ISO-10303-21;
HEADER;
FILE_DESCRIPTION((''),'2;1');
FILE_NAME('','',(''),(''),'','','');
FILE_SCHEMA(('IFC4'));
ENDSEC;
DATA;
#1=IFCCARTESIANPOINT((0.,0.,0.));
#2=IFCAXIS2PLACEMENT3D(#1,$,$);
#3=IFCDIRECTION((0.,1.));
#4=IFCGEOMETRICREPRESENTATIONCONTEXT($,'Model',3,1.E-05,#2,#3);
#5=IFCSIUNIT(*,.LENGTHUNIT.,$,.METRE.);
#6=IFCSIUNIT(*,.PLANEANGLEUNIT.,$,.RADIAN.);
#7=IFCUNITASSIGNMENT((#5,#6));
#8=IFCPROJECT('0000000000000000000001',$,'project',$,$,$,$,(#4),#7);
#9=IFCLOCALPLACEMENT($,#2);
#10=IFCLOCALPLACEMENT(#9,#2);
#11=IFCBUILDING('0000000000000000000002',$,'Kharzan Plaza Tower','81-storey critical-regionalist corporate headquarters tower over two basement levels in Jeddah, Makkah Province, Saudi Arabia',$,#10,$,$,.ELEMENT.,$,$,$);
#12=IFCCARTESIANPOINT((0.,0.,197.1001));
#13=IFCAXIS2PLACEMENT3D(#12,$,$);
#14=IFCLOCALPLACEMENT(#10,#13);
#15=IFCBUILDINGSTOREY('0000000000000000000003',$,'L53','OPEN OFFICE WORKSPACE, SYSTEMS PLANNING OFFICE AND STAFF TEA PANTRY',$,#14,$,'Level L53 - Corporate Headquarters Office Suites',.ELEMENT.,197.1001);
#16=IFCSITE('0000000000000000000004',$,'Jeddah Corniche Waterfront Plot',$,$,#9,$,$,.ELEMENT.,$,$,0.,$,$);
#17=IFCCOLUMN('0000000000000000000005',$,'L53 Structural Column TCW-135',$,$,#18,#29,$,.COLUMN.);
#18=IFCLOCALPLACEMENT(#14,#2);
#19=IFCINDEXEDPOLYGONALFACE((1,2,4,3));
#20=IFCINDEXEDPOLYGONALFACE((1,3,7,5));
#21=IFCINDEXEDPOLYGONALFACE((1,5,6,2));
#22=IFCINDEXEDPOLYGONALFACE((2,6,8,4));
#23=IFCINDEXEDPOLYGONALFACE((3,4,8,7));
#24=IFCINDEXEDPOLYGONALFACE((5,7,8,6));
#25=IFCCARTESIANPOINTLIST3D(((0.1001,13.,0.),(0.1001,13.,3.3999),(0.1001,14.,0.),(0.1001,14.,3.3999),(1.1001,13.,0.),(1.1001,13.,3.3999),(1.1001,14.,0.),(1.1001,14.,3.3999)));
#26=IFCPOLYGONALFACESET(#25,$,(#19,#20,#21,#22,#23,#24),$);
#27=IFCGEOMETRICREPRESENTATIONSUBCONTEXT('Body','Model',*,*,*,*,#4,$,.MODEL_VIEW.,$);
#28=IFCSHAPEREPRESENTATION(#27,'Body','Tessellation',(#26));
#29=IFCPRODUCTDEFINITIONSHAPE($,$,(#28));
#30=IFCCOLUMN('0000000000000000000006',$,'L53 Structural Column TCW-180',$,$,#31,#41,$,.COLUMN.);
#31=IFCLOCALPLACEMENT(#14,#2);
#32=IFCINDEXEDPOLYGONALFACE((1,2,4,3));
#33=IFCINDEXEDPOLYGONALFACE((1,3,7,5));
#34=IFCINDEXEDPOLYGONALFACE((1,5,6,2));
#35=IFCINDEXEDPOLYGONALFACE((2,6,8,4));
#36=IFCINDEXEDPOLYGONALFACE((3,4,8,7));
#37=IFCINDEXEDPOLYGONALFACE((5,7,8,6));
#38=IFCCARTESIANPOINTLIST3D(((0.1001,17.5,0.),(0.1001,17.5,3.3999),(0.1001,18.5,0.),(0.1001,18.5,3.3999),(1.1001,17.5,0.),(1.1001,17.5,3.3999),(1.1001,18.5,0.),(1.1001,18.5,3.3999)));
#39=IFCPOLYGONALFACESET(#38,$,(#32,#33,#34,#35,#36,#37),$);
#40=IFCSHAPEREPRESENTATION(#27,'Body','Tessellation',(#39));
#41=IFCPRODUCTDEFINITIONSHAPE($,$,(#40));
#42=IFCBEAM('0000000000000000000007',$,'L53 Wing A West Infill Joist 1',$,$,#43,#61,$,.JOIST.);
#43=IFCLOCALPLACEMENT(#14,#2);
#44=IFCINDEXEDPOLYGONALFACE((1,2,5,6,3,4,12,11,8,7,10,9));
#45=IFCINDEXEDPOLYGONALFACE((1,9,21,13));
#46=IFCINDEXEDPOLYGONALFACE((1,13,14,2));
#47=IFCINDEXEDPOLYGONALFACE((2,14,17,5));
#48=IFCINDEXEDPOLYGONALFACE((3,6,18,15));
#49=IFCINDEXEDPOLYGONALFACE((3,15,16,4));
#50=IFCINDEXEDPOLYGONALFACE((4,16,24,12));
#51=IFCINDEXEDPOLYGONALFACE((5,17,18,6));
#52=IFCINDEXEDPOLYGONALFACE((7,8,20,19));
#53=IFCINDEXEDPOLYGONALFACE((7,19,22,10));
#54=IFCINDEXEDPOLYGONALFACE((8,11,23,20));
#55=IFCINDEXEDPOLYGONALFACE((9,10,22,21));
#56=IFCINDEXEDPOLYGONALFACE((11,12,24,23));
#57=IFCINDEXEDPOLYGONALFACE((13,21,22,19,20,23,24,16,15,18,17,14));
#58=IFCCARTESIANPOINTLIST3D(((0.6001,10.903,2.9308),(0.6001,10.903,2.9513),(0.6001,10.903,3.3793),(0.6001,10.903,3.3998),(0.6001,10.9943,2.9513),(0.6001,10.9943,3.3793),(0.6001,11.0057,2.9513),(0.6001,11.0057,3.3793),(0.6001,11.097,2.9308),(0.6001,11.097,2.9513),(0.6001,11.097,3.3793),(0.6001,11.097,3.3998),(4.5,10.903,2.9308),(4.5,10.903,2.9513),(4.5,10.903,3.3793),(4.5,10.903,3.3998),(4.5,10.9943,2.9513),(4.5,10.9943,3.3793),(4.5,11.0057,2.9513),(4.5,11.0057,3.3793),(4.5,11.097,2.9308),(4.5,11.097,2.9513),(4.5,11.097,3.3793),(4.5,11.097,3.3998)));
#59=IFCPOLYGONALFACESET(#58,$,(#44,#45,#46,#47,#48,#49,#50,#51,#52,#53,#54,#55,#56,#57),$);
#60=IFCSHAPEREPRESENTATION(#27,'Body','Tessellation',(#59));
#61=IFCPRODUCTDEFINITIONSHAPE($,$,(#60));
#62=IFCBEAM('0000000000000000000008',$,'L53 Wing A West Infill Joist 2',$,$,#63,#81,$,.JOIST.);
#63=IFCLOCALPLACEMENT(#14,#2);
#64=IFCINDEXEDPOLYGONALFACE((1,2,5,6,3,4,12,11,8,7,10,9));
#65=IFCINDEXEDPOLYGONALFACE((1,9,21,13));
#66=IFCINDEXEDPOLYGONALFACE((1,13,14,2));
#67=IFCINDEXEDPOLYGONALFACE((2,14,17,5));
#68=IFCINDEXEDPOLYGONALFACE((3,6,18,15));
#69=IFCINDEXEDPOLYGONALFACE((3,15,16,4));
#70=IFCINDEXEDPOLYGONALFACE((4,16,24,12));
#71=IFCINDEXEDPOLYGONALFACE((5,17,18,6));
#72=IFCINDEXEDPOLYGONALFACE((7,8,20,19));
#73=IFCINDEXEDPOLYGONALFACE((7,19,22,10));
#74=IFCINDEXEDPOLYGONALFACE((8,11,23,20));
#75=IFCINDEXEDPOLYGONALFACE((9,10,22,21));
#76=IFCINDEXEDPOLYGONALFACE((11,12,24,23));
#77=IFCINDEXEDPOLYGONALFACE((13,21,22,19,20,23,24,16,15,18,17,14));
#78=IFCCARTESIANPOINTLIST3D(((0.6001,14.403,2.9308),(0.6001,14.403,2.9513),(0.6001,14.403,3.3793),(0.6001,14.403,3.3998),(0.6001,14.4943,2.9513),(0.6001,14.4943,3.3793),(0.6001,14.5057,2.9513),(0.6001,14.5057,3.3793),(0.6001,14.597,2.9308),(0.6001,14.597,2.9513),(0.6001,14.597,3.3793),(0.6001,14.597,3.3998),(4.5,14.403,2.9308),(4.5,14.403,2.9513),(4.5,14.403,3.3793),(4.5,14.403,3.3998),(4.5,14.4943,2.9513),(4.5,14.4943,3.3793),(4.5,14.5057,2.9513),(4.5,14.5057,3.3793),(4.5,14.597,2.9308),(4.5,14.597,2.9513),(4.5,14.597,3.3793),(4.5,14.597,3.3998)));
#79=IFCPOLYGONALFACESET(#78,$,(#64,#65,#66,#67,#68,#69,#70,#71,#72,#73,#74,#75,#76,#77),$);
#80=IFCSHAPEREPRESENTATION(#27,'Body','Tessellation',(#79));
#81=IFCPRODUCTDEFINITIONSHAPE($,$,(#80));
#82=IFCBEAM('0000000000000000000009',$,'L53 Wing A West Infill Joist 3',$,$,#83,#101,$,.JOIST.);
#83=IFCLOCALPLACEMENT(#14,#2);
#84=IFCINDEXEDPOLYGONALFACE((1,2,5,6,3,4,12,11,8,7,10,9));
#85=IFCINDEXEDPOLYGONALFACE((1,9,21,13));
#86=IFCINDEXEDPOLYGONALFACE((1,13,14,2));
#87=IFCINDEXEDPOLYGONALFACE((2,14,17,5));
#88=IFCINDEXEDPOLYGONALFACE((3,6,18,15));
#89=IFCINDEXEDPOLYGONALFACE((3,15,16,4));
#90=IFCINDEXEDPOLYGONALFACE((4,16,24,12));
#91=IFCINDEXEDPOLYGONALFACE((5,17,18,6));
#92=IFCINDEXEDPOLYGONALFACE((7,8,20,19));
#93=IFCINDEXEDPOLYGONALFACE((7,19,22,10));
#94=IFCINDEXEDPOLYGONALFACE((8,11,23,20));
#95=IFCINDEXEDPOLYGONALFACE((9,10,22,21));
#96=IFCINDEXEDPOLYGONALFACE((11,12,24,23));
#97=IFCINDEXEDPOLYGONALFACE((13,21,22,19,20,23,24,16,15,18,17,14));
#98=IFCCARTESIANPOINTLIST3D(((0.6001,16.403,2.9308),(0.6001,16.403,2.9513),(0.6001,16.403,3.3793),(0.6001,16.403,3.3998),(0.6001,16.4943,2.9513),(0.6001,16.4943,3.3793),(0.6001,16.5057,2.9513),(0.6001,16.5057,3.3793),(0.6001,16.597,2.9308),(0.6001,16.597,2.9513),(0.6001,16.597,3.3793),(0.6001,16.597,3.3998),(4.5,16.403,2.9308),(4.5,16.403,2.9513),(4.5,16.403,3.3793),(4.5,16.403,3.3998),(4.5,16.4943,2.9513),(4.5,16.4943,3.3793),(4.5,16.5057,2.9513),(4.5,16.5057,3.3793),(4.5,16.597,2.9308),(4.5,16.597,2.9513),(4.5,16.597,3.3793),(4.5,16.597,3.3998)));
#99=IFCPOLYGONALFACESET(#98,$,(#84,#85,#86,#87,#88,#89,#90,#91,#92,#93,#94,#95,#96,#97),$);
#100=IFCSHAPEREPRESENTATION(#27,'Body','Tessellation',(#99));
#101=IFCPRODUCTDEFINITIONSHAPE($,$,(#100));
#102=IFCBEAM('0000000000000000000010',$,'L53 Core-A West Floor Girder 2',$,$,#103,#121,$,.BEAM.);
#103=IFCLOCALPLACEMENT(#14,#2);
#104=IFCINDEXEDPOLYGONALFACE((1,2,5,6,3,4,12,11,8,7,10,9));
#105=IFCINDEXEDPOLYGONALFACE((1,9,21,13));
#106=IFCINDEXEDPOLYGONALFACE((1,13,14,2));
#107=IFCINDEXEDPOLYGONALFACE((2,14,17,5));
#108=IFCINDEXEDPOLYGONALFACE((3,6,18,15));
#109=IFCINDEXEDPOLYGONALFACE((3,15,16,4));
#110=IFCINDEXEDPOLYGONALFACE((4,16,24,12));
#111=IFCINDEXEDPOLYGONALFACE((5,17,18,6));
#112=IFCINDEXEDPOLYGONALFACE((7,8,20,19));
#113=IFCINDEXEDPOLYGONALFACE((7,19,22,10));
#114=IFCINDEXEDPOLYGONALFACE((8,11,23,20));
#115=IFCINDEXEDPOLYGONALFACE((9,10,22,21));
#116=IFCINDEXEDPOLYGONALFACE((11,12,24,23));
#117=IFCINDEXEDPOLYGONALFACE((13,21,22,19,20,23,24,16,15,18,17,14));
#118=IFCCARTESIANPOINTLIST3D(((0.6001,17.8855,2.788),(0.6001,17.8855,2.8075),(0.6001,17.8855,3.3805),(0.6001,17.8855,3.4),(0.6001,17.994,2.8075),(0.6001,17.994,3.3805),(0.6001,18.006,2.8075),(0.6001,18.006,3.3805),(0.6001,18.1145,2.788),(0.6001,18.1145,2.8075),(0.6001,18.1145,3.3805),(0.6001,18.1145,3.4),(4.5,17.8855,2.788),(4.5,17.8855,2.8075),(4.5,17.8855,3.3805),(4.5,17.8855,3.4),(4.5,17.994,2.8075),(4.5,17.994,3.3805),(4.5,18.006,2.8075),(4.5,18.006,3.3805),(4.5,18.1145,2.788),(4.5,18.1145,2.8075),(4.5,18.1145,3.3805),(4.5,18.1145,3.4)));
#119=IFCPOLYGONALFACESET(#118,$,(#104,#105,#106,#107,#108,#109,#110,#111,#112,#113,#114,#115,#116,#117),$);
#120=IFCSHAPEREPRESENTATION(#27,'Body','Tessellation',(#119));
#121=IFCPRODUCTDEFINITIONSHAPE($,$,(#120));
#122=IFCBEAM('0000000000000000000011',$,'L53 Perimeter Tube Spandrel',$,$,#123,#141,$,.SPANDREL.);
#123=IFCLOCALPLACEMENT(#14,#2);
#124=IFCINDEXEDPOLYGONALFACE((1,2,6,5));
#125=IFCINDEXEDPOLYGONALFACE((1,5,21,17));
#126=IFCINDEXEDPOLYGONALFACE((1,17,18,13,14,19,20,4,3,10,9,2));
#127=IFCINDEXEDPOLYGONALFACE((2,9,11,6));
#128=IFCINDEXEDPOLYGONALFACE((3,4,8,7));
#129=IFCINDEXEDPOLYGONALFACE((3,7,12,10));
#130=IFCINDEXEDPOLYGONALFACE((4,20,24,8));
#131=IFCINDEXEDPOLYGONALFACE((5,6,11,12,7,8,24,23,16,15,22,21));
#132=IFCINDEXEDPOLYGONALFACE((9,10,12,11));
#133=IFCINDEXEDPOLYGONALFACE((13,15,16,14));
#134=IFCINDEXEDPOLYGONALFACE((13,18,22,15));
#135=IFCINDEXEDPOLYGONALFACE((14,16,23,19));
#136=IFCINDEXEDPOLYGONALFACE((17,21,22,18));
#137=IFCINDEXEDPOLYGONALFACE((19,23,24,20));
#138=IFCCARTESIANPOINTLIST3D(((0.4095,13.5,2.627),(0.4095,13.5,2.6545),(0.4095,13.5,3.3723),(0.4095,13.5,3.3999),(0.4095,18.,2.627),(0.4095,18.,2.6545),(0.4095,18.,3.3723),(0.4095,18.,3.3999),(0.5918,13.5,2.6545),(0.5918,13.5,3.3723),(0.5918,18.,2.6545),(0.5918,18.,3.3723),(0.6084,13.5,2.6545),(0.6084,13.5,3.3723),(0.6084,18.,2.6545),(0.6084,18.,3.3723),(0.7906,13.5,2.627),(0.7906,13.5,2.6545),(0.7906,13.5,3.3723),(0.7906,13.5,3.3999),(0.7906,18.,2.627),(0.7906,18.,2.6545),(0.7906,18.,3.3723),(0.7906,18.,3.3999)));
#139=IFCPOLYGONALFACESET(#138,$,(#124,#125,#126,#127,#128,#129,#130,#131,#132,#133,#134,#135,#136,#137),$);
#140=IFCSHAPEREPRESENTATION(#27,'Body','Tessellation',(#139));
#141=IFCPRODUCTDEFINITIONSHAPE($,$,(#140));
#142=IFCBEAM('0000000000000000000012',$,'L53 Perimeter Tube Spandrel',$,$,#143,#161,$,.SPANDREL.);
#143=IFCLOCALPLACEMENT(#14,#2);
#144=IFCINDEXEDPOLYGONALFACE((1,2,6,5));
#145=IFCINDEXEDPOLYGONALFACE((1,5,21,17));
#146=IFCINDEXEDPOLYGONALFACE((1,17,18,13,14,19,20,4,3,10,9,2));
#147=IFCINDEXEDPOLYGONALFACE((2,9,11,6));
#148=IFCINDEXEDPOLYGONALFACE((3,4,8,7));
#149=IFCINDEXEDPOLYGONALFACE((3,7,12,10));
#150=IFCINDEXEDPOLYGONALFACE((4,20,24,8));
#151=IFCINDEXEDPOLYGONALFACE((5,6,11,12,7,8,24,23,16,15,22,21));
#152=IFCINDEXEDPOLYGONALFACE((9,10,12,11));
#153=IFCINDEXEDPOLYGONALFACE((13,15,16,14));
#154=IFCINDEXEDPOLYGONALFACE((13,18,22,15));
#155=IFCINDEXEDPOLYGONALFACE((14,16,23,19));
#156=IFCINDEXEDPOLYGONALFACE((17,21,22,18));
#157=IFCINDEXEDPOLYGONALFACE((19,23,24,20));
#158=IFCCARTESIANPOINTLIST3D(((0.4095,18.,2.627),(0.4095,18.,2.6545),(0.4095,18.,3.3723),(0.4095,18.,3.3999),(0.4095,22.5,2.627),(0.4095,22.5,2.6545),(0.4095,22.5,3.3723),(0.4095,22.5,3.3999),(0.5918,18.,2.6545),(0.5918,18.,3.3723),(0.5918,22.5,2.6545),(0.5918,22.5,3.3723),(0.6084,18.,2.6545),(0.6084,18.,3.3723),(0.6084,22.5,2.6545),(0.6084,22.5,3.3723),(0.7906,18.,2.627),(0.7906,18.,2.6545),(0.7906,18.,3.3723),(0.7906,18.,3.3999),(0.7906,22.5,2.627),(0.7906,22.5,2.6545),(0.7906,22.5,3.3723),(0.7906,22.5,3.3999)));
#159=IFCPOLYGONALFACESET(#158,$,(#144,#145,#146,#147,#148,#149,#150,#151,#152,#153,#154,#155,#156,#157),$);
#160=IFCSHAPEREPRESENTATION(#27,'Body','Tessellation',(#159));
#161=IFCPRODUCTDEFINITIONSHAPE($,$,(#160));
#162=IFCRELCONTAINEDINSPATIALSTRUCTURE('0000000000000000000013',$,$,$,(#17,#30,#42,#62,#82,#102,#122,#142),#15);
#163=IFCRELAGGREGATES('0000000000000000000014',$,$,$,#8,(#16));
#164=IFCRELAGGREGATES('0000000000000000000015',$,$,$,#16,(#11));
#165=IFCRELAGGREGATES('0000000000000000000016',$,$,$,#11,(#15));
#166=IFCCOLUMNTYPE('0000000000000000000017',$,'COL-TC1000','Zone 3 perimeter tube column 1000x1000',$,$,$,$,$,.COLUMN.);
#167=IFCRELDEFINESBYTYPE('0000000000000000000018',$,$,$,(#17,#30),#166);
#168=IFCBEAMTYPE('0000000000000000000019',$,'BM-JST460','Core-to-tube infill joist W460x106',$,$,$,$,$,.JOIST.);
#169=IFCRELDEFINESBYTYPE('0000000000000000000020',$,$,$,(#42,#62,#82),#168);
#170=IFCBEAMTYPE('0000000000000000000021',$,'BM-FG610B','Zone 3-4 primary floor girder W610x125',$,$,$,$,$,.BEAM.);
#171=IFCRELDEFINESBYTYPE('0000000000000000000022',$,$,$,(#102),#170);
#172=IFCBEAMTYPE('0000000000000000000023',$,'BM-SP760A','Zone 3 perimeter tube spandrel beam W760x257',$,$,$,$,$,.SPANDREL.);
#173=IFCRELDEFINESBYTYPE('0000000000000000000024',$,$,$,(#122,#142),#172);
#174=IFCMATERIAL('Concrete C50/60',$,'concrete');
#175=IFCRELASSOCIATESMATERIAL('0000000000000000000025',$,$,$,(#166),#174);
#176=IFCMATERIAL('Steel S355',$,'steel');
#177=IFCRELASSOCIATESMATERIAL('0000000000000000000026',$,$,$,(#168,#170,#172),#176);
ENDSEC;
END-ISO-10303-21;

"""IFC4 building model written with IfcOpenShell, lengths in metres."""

from ifc_helpers import new_model, si_unit, direction, frame, origin, origin_2d, place, context, subcontext, project, spatial, rectangle, i_section, extrude, source, transform, mapped, material, material_profile, profile_set, type_object, element, save


model = new_model("IFC4")

# Units and contexts
model_context = context("Model", 3, precision=1e-05, world=origin(), true_north=direction((0.0, 1.0)))
body_context = subcontext(model_context, "Body", "Model", "MODEL_VIEW")
ifc_project = project(units=[si_unit("LENGTHUNIT", "METRE"), si_unit("PLANEANGLEUNIT", "RADIAN")], contexts=[model_context])

# Site, building, storey
site_placement = place(None, origin())
site = spatial("IfcSite", under=ifc_project, at=site_placement, Name="Jeddah Corniche Waterfront Plot", CompositionType="ELEMENT", RefElevation=0.0)
building_placement = place(site_placement, origin())
building = spatial("IfcBuilding", under=site, at=building_placement, Name="Kharzan Plaza Tower", Description="81-storey critical-regionalist corporate headquarters tower over two basement levels in Jeddah, Makkah Province, Saudi Arabia", CompositionType="ELEMENT")
storey_placement = place(building_placement, frame((0.0, 0.0, 197.1001)))
storey = spatial("IfcBuildingStorey", under=building, at=storey_placement, Name="L53", Description="OPEN OFFICE WORKSPACE, SYSTEMS PLANNING OFFICE AND STAFF TEA PANTRY", LongName="Level L53 - Corporate Headquarters Office Suites", CompositionType="ELEMENT", Elevation=197.1001)

# Columns
ifc_material_1 = material(Name="Concrete C50/60", Category="concrete")
ifc_material_profile_1 = material_profile(ifc_material_1, rectangle(XDim=1.0, YDim=1.0, at=origin_2d()), Name="RC-TC1000x1000")
ifc_profile_set_1 = profile_set([ifc_material_profile_1], Name="Concrete C50/60")
column_type = type_object("IfcColumnType", Name="COL-TC1000", Description="Zone 3 perimeter tube column 1000x1000", PredefinedType="COLUMN", material=ifc_profile_set_1)
shared_shape_1 = source(origin(), body_context, "Body", "SweptSolid", [
    extrude(rectangle(XDim=1.0, YDim=1.0, at=origin_2d()), origin(), (0.0, 0.0, 1.0), 3.3999),
])
for number, where, z_axis, x_axis, name in (
    (1, (0.6001, 13.5, 0.0), (0.0, 0.0, 1.0), (1.0, 0.0, 0.0), "L53 Structural Column TCW-135"),
    (2, (0.6001, 18.0, 0.0), (0.0, 0.0, 1.0), (1.0, 0.0, 0.0), "L53 Structural Column TCW-180"),
):
    element("IfcColumn", number, at=place(storey_placement, frame(where, z_axis=z_axis, x_axis=x_axis)), inside=storey, type_object=column_type, Name=name, PredefinedType="COLUMN", context=body_context, shape_type="MappedRepresentation", body=[
        mapped(shared_shape_1, transform((0.0, 0.0, 0.0), x_axis=(1.0, 0.0, 0.0), y_axis=(0.0, 1.0, 0.0), z_axis=(0.0, 0.0, 1.0))),
    ])

# Beams
ifc_material_2 = material(Name="Steel S355", Category="steel")
ifc_material_profile_2 = material_profile(ifc_material_2, i_section(OverallWidth=0.1941, OverallDepth=0.469, WebThickness=0.0115, FlangeThickness=0.0205, at=origin_2d()), Name="W460x106")
ifc_profile_set_2 = profile_set([ifc_material_profile_2], Name="Steel S355")
beam_type_1 = type_object("IfcBeamType", Name="BM-JST460", Description="Core-to-tube infill joist W460x106", PredefinedType="JOIST", material=ifc_profile_set_2)
shared_shape_2 = source(origin(), body_context, "Body", "SweptSolid", [
    extrude(i_section(OverallWidth=0.1941, OverallDepth=0.469, WebThickness=0.0115, FlangeThickness=0.0205, at=origin_2d()), origin(), (0.0, 0.0, 1.0), 3.8999),
])
for number, where, z_axis, x_axis, name in (
    (3, (0.6001, 11.0, 3.1653), (1.0, 0.0, 0.0), (0.0, 1.0, 0.0), "L53 Wing A West Infill Joist 1"),
    (4, (0.6001, 14.5, 3.1653), (1.0, 0.0, 0.0), (0.0, 1.0, 0.0), "L53 Wing A West Infill Joist 2"),
    (5, (0.6001, 16.5, 3.1653), (1.0, 0.0, 0.0), (0.0, 1.0, 0.0), "L53 Wing A West Infill Joist 3"),
):
    element("IfcBeam", number, at=place(storey_placement, frame(where, z_axis=z_axis, x_axis=x_axis)), inside=storey, type_object=beam_type_1, Name=name, PredefinedType="JOIST", context=body_context, shape_type="MappedRepresentation", body=[
        mapped(shared_shape_2, transform((0.0, 0.0, 0.0), x_axis=(1.0, 0.0, 0.0), y_axis=(0.0, 1.0, 0.0), z_axis=(0.0, 0.0, 1.0))),
    ])
ifc_material_profile_3 = material_profile(ifc_material_2, i_section(OverallWidth=0.229, OverallDepth=0.6121, WebThickness=0.012, FlangeThickness=0.0195, at=origin_2d()), Name="W610x125")
ifc_profile_set_3 = profile_set([ifc_material_profile_3], Name="Steel S355")
beam_type_2 = type_object("IfcBeamType", Name="BM-FG610B", Description="Zone 3-4 primary floor girder W610x125", PredefinedType="BEAM", material=ifc_profile_set_3)
shared_shape_3 = source(origin(), body_context, "Body", "SweptSolid", [
    extrude(i_section(OverallWidth=0.229, OverallDepth=0.6121, WebThickness=0.012, FlangeThickness=0.0195, at=origin_2d()), origin(), (0.0, 0.0, 1.0), 3.8999),
])
beam_placement = place(storey_placement, frame((0.6001, 18.0, 3.094), z_axis=(1.0, 0.0, 0.0), x_axis=(0.0, 1.0, 0.0)))
element("IfcBeam", 6, at=beam_placement, inside=storey, type_object=beam_type_2, Name="L53 Core-A West Floor Girder 2", PredefinedType="BEAM", context=body_context, shape_type="MappedRepresentation", body=[
    mapped(shared_shape_3, transform((0.0, 0.0, 0.0), x_axis=(1.0, 0.0, 0.0), y_axis=(0.0, 1.0, 0.0), z_axis=(0.0, 0.0, 1.0))),
])
ifc_material_profile_4 = material_profile(ifc_material_2, i_section(OverallWidth=0.3811, OverallDepth=0.7729, WebThickness=0.0166, FlangeThickness=0.0276, at=origin_2d()), Name="W760x257")
ifc_profile_set_4 = profile_set([ifc_material_profile_4], Name="Steel S355")
beam_type_3 = type_object("IfcBeamType", Name="BM-SP760A", Description="Zone 3 perimeter tube spandrel beam W760x257", PredefinedType="SPANDREL", material=ifc_profile_set_4)
shared_shape_4 = source(origin(), body_context, "Body", "SweptSolid", [
    extrude(i_section(OverallWidth=0.3811, OverallDepth=0.7729, WebThickness=0.0166, FlangeThickness=0.0276, at=origin_2d()), origin(), (0.0, 0.0, 1.0), 4.5),
])
for number, where, z_axis, x_axis, name in (
    (7, (0.6001, 13.5, 3.0134), (0.0, 1.0, 0.0), (-1.0, 0.0, 0.0), "L53 Perimeter Tube Spandrel"),
    (8, (0.6001, 18.0, 3.0134), (0.0, 1.0, 0.0), (-1.0, 0.0, 0.0), "L53 Perimeter Tube Spandrel"),
):
    element("IfcBeam", number, at=place(storey_placement, frame(where, z_axis=z_axis, x_axis=x_axis)), inside=storey, type_object=beam_type_3, Name=name, PredefinedType="SPANDREL", context=body_context, shape_type="MappedRepresentation", body=[
        mapped(shared_shape_4, transform((0.0, 0.0, 0.0), x_axis=(1.0, 0.0, 0.0), y_axis=(0.0, 1.0, 0.0), z_axis=(0.0, 0.0, 1.0))),
    ])

save(model, "model.ifc")
